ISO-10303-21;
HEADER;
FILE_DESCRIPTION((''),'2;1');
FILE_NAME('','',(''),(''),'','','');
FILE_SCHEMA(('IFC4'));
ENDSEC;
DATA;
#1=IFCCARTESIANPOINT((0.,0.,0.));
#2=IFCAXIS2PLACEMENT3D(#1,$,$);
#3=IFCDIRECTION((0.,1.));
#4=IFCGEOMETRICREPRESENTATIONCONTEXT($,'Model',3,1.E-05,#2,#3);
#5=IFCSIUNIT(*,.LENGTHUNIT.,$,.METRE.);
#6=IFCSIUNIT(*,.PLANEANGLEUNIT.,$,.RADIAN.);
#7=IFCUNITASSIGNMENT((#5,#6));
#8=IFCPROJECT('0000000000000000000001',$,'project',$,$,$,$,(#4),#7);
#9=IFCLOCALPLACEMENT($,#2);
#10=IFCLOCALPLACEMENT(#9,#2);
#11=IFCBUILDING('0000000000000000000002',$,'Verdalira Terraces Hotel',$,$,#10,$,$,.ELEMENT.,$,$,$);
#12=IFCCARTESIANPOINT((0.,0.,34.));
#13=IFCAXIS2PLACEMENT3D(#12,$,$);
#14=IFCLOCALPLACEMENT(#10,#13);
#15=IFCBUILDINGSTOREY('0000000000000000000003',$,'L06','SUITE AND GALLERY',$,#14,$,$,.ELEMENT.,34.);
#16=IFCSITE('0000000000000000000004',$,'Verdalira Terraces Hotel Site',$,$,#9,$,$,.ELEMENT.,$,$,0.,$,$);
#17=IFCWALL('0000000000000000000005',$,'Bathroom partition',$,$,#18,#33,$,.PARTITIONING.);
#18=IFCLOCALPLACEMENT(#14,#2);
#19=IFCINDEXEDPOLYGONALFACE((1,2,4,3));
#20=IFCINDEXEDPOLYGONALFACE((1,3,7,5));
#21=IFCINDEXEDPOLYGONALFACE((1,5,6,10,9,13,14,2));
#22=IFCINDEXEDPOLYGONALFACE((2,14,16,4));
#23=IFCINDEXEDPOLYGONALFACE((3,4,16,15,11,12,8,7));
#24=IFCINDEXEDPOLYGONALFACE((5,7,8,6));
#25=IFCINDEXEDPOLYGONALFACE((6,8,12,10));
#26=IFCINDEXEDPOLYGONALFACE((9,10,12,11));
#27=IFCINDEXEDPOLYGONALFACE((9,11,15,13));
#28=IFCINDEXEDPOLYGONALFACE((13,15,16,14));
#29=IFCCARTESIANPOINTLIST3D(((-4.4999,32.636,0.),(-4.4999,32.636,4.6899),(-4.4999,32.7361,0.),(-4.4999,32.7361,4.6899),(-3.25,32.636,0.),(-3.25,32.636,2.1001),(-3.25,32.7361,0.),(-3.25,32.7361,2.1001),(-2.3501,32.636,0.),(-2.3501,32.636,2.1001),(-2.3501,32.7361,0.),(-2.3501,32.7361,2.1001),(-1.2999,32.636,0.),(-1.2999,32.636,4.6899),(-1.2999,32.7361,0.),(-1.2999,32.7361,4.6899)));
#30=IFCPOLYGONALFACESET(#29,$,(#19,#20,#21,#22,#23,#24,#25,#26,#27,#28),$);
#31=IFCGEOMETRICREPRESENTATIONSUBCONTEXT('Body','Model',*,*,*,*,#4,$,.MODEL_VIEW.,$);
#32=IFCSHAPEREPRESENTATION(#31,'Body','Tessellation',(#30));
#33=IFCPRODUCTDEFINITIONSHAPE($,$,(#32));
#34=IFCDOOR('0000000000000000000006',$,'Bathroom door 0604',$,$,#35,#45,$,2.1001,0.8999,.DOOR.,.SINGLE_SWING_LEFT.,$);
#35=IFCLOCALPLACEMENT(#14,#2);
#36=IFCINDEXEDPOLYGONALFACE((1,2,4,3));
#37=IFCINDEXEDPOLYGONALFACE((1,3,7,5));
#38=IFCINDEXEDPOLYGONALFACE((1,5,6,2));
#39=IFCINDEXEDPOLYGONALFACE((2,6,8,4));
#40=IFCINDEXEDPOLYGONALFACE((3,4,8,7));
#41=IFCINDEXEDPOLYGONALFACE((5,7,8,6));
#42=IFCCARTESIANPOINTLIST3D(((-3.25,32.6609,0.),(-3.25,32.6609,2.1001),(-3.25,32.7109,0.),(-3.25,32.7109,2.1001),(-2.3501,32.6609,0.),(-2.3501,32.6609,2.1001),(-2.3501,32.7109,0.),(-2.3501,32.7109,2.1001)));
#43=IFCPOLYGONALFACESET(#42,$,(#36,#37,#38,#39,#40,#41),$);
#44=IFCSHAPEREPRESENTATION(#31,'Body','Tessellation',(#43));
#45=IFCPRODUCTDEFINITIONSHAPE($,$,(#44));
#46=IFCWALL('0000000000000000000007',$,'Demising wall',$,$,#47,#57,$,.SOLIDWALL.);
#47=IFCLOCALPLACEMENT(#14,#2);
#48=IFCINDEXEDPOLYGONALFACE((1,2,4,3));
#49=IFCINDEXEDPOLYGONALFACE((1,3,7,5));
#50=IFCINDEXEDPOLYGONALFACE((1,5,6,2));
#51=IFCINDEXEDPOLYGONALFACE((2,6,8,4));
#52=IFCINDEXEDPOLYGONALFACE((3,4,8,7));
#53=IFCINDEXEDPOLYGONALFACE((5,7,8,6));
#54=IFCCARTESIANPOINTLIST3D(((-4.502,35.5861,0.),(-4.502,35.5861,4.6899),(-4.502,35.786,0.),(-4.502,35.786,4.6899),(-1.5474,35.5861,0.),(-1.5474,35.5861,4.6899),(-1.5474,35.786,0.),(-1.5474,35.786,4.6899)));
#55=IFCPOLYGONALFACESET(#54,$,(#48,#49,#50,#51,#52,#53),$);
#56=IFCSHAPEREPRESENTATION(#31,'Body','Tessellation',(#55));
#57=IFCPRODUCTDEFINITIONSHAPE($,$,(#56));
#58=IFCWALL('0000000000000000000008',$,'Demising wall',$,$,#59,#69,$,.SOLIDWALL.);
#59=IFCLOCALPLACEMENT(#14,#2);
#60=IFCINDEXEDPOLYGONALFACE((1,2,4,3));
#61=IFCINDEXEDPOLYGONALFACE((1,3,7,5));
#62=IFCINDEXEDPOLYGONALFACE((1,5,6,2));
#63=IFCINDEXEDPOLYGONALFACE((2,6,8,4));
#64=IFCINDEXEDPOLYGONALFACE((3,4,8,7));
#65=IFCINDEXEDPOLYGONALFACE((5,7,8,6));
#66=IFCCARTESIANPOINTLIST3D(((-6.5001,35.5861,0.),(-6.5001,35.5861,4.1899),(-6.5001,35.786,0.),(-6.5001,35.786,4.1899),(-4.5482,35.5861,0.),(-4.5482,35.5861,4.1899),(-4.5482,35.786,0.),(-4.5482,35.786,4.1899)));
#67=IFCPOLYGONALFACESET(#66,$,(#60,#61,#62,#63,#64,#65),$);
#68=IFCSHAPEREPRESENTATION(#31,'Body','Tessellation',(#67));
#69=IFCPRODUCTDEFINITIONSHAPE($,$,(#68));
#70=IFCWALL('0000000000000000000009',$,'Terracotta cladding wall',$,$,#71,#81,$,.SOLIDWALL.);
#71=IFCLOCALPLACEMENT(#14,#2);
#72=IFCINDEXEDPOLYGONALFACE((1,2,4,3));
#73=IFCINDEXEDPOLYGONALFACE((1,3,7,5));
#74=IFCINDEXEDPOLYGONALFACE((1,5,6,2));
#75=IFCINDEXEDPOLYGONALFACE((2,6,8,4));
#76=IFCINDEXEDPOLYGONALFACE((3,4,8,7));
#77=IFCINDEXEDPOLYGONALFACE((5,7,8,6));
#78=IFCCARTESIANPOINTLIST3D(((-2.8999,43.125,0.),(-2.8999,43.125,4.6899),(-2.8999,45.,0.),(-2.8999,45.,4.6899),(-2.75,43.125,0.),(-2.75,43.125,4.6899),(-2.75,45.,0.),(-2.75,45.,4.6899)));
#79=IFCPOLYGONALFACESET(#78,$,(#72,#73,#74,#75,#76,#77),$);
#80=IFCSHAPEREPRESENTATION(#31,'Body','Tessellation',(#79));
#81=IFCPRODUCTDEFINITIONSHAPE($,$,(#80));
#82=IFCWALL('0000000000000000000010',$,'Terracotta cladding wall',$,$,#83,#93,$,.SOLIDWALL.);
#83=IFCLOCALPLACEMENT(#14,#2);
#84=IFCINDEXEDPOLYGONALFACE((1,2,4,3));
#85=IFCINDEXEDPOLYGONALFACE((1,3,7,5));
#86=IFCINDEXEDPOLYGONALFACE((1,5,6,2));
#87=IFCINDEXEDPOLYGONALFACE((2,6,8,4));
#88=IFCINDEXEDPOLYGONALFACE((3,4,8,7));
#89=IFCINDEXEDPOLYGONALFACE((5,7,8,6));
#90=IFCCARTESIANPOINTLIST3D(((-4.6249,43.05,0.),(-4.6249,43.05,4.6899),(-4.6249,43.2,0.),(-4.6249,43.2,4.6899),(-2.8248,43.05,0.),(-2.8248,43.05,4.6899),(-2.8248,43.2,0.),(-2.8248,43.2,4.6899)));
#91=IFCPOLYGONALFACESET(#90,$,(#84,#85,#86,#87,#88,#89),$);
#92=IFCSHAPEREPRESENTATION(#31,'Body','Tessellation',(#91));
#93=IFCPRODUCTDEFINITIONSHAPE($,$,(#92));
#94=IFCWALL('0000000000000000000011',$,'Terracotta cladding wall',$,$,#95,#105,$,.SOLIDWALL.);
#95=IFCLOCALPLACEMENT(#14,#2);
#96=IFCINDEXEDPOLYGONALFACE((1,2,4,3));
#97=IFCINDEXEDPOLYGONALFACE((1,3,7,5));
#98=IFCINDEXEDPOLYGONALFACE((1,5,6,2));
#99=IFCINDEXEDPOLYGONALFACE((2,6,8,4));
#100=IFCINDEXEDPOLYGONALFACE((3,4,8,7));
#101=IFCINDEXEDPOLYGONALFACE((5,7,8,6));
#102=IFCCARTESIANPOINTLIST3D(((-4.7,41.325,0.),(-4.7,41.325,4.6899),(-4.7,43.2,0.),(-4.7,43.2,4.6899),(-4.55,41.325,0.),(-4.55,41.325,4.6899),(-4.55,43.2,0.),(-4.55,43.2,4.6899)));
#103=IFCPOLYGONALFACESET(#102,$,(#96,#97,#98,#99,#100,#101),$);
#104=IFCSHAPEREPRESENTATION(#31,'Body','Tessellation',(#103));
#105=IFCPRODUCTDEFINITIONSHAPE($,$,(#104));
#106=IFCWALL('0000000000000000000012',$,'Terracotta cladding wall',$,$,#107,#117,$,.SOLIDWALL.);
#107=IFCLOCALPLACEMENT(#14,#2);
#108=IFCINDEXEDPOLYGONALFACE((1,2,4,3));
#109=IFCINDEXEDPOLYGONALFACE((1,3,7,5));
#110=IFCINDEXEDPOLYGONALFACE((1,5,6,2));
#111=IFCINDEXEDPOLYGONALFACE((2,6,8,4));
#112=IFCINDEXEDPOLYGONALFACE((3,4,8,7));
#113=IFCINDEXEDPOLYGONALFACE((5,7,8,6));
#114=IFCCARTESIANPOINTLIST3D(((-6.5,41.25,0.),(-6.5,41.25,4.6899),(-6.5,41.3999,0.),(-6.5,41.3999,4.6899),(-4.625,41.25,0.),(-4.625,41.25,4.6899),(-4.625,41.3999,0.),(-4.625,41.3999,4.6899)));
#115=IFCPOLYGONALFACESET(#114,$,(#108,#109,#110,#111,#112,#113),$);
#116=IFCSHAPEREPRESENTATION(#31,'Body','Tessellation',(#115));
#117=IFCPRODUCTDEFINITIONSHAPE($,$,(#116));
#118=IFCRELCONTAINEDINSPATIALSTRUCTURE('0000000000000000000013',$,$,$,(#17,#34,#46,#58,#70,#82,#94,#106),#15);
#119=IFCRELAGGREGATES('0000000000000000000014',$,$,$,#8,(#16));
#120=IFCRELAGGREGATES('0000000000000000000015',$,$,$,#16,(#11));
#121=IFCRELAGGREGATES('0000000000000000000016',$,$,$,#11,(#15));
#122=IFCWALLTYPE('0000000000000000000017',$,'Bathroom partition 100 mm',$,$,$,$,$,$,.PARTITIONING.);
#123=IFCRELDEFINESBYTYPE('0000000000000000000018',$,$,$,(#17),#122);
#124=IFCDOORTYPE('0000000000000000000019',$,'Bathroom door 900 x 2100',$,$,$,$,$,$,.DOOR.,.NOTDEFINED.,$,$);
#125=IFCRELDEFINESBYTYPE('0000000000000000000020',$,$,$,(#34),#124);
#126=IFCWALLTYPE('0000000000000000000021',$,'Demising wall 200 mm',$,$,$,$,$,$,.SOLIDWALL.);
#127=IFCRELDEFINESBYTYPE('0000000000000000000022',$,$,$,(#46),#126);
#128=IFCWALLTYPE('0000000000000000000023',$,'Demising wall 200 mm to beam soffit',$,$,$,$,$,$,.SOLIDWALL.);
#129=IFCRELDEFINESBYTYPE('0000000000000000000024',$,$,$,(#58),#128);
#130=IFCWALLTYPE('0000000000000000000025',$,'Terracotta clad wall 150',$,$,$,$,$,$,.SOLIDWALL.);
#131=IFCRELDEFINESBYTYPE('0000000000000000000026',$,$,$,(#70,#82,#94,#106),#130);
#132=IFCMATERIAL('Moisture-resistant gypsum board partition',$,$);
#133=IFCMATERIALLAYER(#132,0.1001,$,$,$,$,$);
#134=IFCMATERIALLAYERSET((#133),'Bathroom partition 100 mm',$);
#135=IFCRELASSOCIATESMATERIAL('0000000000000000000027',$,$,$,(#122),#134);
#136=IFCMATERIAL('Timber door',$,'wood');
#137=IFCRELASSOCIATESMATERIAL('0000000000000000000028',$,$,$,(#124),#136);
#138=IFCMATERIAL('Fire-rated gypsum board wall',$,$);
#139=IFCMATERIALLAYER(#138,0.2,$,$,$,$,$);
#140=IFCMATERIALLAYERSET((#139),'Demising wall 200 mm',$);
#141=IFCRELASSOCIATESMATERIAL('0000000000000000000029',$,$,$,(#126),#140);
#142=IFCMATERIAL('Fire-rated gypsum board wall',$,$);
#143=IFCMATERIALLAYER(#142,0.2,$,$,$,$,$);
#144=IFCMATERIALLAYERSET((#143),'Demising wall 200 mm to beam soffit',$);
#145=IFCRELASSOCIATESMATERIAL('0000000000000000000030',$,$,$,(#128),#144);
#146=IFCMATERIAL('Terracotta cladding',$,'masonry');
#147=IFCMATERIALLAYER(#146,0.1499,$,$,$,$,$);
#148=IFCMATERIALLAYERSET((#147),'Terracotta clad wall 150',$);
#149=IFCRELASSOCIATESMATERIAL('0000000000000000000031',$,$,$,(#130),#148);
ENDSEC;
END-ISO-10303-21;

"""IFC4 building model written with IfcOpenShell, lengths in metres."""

from ifc_helpers import new_model, si_unit, direction, frame, frame_2d, origin, place, context, subcontext, project, spatial, rectangle, extrude, material, layer, layer_set, type_object, element, fill, save


model = new_model("IFC4")

# Units and contexts
model_context = context("Model", 3, precision=1e-05, world=origin(), true_north=direction((0.0, 1.0)))
body_context = subcontext(model_context, "Body", "Model", "MODEL_VIEW")
ifc_project = project(units=[si_unit("LENGTHUNIT", "METRE"), si_unit("PLANEANGLEUNIT", "RADIAN")], contexts=[model_context])

# Site, building, storey
site_placement = place(None, origin())
site = spatial("IfcSite", under=ifc_project, at=site_placement, Name="Verdalira Terraces Hotel Site", CompositionType="ELEMENT", RefElevation=0.0)
building_placement = place(site_placement, origin())
building = spatial("IfcBuilding", under=site, at=building_placement, Name="Verdalira Terraces Hotel", CompositionType="ELEMENT")
storey_placement = place(building_placement, frame((0.0, 0.0, 34.0)))
storey = spatial("IfcBuildingStorey", under=building, at=storey_placement, Name="L06", Description="SUITE AND GALLERY", CompositionType="ELEMENT", Elevation=34.0)

# Shared definitions
ifc_material_1 = material(Name="Moisture-resistant gypsum board partition")
ifc_layer_1 = layer(ifc_material_1, 0.1001)
ifc_layer_set_1 = layer_set([ifc_layer_1], Name="Bathroom partition 100 mm")
wall_type_1 = type_object("IfcWallType", Name="Bathroom partition 100 mm", PredefinedType="PARTITIONING", material=ifc_layer_set_1)

# Wall, opening, door
wall_1_placement = place(storey_placement, frame((-4.5, 32.686, 0.0), z_axis=(0.0, 0.0, 1.0), x_axis=(1.0, 0.0, 0.0)))
wall_1 = element("IfcWall", 1, at=wall_1_placement, inside=storey, type_object=wall_type_1, Name="Bathroom partition", PredefinedType="PARTITIONING", context=body_context, shape_type="SweptSolid", body=[
    extrude(rectangle(XDim=3.2, YDim=0.1001, at=frame_2d((1.6001, 0.0))), origin(), (0.0, 0.0, 1.0), 4.6899),
])
opening_placement = place(wall_1_placement, frame((1.25, 0.0, 0.0)))
opening = element("IfcOpeningElement", 2, at=opening_placement, cuts=wall_1, PredefinedType="OPENING", context=body_context, shape_type="SweptSolid", body=[
    extrude(rectangle(XDim=0.8999, YDim=2.1001, at=frame_2d((0.45, 1.05))), frame((0.0, 0.0601, 0.0), z_axis=(0.0, -1.0, 0.0), x_axis=(1.0, 0.0, 0.0)), (0.0, 0.0, 1.0), 0.1201),
])
ifc_material_2 = material(Name="Timber door", Category="wood")
door_type = type_object("IfcDoorType", Name="Bathroom door 900 x 2100", OperationType="NOTDEFINED", PredefinedType="DOOR", material=ifc_material_2)
door_placement = place(opening_placement, origin())
door = element("IfcDoor", 3, at=door_placement, inside=storey, type_object=door_type, Name="Bathroom door 0604", OperationType="SINGLE_SWING_LEFT", OverallHeight=2.1001, OverallWidth=0.8999, PredefinedType="DOOR", context=body_context, shape_type="SweptSolid", body=[
    extrude(rectangle(XDim=0.8999, YDim=2.1001, at=frame_2d((0.45, 1.05))), frame((0.0, 0.0249, 0.0), z_axis=(0.0, -1.0, 0.0), x_axis=(1.0, 0.0, 0.0)), (0.0, 0.0, 1.0), 0.05),
])
fill(opening, door)

# Walls
ifc_material_3 = material(Name="Fire-rated gypsum board wall")
ifc_layer_2 = layer(ifc_material_3, 0.2)
ifc_layer_set_2 = layer_set([ifc_layer_2], Name="Demising wall 200 mm")
wall_type_2 = type_object("IfcWallType", Name="Demising wall 200 mm", PredefinedType="SOLIDWALL", material=ifc_layer_set_2)
wall_2_placement = place(storey_placement, frame((-1.5474, 35.686, 0.0), z_axis=(0.0, 0.0, 1.0), x_axis=(-1.0, 0.0, 0.0)))
element("IfcWall", 4, at=wall_2_placement, inside=storey, type_object=wall_type_2, Name="Demising wall", PredefinedType="SOLIDWALL", context=body_context, shape_type="SweptSolid", body=[
    extrude(rectangle(XDim=2.9546, YDim=0.2, at=frame_2d((1.4773, 0.0))), origin(), (0.0, 0.0, 1.0), 4.6899),
])
ifc_material_4 = material(Name="Fire-rated gypsum board wall")
ifc_layer_3 = layer(ifc_material_4, 0.2)
ifc_layer_set_3 = layer_set([ifc_layer_3], Name="Demising wall 200 mm to beam soffit")
wall_type_3 = type_object("IfcWallType", Name="Demising wall 200 mm to beam soffit", PredefinedType="SOLIDWALL", material=ifc_layer_set_3)
wall_3_placement = place(storey_placement, frame((-4.5481, 35.686, 0.0), z_axis=(0.0, 0.0, 1.0), x_axis=(-1.0, 0.0, 0.0)))
element("IfcWall", 5, at=wall_3_placement, inside=storey, type_object=wall_type_3, Name="Demising wall", PredefinedType="SOLIDWALL", context=body_context, shape_type="SweptSolid", body=[
    extrude(rectangle(XDim=1.9519, YDim=0.2, at=frame_2d((0.9761, 0.0))), origin(), (0.0, 0.0, 1.0), 4.1899),
])
ifc_material_5 = material(Name="Terracotta cladding", Category="masonry")
ifc_layer_4 = layer(ifc_material_5, 0.1499)
ifc_layer_set_4 = layer_set([ifc_layer_4], Name="Terracotta clad wall 150")
wall_type_4 = type_object("IfcWallType", Name="Terracotta clad wall 150", PredefinedType="SOLIDWALL", material=ifc_layer_set_4)
wall_4_placement = place(storey_placement, frame((-2.825, 45.0, 0.0), z_axis=(0.0, 0.0, 1.0), x_axis=(0.0, -1.0, 0.0)))
element("IfcWall", 6, at=wall_4_placement, inside=storey, type_object=wall_type_4, Name="Terracotta cladding wall", PredefinedType="SOLIDWALL", context=body_context, shape_type="SweptSolid", body=[
    extrude(rectangle(XDim=1.875, YDim=0.1499, at=frame_2d((0.9375, 0.0))), origin(), (0.0, 0.0, 1.0), 4.6899),
])
wall_5_placement = place(storey_placement, frame((-2.825, 43.125, 0.0), z_axis=(0.0, 0.0, 1.0), x_axis=(-1.0, 0.0, 0.0)))
element("IfcWall", 7, at=wall_5_placement, inside=storey, type_object=wall_type_4, Name="Terracotta cladding wall", PredefinedType="SOLIDWALL", context=body_context, shape_type="SweptSolid", body=[
    extrude(rectangle(XDim=1.8, YDim=0.1499, at=frame_2d((0.8999, 0.0))), origin(), (0.0, 0.0, 1.0), 4.6899),
])
for number, where, z_axis, x_axis, name in (
    (8, (-4.625, 43.2, 0.0), (0.0, 0.0, 1.0), (0.0, -1.0, 0.0), "Terracotta cladding wall"),
    (9, (-4.625, 41.325, 0.0), (0.0, 0.0, 1.0), (-1.0, 0.0, 0.0), "Terracotta cladding wall"),
):
    element("IfcWall", number, at=place(storey_placement, frame(where, z_axis=z_axis, x_axis=x_axis)), inside=storey, type_object=wall_type_4, Name=name, PredefinedType="SOLIDWALL", context=body_context, shape_type="SweptSolid", body=[
        extrude(rectangle(XDim=1.875, YDim=0.1499, at=frame_2d((0.9375, 0.0))), origin(), (0.0, 0.0, 1.0), 4.6899),
    ])

save(model, "model.ifc")
